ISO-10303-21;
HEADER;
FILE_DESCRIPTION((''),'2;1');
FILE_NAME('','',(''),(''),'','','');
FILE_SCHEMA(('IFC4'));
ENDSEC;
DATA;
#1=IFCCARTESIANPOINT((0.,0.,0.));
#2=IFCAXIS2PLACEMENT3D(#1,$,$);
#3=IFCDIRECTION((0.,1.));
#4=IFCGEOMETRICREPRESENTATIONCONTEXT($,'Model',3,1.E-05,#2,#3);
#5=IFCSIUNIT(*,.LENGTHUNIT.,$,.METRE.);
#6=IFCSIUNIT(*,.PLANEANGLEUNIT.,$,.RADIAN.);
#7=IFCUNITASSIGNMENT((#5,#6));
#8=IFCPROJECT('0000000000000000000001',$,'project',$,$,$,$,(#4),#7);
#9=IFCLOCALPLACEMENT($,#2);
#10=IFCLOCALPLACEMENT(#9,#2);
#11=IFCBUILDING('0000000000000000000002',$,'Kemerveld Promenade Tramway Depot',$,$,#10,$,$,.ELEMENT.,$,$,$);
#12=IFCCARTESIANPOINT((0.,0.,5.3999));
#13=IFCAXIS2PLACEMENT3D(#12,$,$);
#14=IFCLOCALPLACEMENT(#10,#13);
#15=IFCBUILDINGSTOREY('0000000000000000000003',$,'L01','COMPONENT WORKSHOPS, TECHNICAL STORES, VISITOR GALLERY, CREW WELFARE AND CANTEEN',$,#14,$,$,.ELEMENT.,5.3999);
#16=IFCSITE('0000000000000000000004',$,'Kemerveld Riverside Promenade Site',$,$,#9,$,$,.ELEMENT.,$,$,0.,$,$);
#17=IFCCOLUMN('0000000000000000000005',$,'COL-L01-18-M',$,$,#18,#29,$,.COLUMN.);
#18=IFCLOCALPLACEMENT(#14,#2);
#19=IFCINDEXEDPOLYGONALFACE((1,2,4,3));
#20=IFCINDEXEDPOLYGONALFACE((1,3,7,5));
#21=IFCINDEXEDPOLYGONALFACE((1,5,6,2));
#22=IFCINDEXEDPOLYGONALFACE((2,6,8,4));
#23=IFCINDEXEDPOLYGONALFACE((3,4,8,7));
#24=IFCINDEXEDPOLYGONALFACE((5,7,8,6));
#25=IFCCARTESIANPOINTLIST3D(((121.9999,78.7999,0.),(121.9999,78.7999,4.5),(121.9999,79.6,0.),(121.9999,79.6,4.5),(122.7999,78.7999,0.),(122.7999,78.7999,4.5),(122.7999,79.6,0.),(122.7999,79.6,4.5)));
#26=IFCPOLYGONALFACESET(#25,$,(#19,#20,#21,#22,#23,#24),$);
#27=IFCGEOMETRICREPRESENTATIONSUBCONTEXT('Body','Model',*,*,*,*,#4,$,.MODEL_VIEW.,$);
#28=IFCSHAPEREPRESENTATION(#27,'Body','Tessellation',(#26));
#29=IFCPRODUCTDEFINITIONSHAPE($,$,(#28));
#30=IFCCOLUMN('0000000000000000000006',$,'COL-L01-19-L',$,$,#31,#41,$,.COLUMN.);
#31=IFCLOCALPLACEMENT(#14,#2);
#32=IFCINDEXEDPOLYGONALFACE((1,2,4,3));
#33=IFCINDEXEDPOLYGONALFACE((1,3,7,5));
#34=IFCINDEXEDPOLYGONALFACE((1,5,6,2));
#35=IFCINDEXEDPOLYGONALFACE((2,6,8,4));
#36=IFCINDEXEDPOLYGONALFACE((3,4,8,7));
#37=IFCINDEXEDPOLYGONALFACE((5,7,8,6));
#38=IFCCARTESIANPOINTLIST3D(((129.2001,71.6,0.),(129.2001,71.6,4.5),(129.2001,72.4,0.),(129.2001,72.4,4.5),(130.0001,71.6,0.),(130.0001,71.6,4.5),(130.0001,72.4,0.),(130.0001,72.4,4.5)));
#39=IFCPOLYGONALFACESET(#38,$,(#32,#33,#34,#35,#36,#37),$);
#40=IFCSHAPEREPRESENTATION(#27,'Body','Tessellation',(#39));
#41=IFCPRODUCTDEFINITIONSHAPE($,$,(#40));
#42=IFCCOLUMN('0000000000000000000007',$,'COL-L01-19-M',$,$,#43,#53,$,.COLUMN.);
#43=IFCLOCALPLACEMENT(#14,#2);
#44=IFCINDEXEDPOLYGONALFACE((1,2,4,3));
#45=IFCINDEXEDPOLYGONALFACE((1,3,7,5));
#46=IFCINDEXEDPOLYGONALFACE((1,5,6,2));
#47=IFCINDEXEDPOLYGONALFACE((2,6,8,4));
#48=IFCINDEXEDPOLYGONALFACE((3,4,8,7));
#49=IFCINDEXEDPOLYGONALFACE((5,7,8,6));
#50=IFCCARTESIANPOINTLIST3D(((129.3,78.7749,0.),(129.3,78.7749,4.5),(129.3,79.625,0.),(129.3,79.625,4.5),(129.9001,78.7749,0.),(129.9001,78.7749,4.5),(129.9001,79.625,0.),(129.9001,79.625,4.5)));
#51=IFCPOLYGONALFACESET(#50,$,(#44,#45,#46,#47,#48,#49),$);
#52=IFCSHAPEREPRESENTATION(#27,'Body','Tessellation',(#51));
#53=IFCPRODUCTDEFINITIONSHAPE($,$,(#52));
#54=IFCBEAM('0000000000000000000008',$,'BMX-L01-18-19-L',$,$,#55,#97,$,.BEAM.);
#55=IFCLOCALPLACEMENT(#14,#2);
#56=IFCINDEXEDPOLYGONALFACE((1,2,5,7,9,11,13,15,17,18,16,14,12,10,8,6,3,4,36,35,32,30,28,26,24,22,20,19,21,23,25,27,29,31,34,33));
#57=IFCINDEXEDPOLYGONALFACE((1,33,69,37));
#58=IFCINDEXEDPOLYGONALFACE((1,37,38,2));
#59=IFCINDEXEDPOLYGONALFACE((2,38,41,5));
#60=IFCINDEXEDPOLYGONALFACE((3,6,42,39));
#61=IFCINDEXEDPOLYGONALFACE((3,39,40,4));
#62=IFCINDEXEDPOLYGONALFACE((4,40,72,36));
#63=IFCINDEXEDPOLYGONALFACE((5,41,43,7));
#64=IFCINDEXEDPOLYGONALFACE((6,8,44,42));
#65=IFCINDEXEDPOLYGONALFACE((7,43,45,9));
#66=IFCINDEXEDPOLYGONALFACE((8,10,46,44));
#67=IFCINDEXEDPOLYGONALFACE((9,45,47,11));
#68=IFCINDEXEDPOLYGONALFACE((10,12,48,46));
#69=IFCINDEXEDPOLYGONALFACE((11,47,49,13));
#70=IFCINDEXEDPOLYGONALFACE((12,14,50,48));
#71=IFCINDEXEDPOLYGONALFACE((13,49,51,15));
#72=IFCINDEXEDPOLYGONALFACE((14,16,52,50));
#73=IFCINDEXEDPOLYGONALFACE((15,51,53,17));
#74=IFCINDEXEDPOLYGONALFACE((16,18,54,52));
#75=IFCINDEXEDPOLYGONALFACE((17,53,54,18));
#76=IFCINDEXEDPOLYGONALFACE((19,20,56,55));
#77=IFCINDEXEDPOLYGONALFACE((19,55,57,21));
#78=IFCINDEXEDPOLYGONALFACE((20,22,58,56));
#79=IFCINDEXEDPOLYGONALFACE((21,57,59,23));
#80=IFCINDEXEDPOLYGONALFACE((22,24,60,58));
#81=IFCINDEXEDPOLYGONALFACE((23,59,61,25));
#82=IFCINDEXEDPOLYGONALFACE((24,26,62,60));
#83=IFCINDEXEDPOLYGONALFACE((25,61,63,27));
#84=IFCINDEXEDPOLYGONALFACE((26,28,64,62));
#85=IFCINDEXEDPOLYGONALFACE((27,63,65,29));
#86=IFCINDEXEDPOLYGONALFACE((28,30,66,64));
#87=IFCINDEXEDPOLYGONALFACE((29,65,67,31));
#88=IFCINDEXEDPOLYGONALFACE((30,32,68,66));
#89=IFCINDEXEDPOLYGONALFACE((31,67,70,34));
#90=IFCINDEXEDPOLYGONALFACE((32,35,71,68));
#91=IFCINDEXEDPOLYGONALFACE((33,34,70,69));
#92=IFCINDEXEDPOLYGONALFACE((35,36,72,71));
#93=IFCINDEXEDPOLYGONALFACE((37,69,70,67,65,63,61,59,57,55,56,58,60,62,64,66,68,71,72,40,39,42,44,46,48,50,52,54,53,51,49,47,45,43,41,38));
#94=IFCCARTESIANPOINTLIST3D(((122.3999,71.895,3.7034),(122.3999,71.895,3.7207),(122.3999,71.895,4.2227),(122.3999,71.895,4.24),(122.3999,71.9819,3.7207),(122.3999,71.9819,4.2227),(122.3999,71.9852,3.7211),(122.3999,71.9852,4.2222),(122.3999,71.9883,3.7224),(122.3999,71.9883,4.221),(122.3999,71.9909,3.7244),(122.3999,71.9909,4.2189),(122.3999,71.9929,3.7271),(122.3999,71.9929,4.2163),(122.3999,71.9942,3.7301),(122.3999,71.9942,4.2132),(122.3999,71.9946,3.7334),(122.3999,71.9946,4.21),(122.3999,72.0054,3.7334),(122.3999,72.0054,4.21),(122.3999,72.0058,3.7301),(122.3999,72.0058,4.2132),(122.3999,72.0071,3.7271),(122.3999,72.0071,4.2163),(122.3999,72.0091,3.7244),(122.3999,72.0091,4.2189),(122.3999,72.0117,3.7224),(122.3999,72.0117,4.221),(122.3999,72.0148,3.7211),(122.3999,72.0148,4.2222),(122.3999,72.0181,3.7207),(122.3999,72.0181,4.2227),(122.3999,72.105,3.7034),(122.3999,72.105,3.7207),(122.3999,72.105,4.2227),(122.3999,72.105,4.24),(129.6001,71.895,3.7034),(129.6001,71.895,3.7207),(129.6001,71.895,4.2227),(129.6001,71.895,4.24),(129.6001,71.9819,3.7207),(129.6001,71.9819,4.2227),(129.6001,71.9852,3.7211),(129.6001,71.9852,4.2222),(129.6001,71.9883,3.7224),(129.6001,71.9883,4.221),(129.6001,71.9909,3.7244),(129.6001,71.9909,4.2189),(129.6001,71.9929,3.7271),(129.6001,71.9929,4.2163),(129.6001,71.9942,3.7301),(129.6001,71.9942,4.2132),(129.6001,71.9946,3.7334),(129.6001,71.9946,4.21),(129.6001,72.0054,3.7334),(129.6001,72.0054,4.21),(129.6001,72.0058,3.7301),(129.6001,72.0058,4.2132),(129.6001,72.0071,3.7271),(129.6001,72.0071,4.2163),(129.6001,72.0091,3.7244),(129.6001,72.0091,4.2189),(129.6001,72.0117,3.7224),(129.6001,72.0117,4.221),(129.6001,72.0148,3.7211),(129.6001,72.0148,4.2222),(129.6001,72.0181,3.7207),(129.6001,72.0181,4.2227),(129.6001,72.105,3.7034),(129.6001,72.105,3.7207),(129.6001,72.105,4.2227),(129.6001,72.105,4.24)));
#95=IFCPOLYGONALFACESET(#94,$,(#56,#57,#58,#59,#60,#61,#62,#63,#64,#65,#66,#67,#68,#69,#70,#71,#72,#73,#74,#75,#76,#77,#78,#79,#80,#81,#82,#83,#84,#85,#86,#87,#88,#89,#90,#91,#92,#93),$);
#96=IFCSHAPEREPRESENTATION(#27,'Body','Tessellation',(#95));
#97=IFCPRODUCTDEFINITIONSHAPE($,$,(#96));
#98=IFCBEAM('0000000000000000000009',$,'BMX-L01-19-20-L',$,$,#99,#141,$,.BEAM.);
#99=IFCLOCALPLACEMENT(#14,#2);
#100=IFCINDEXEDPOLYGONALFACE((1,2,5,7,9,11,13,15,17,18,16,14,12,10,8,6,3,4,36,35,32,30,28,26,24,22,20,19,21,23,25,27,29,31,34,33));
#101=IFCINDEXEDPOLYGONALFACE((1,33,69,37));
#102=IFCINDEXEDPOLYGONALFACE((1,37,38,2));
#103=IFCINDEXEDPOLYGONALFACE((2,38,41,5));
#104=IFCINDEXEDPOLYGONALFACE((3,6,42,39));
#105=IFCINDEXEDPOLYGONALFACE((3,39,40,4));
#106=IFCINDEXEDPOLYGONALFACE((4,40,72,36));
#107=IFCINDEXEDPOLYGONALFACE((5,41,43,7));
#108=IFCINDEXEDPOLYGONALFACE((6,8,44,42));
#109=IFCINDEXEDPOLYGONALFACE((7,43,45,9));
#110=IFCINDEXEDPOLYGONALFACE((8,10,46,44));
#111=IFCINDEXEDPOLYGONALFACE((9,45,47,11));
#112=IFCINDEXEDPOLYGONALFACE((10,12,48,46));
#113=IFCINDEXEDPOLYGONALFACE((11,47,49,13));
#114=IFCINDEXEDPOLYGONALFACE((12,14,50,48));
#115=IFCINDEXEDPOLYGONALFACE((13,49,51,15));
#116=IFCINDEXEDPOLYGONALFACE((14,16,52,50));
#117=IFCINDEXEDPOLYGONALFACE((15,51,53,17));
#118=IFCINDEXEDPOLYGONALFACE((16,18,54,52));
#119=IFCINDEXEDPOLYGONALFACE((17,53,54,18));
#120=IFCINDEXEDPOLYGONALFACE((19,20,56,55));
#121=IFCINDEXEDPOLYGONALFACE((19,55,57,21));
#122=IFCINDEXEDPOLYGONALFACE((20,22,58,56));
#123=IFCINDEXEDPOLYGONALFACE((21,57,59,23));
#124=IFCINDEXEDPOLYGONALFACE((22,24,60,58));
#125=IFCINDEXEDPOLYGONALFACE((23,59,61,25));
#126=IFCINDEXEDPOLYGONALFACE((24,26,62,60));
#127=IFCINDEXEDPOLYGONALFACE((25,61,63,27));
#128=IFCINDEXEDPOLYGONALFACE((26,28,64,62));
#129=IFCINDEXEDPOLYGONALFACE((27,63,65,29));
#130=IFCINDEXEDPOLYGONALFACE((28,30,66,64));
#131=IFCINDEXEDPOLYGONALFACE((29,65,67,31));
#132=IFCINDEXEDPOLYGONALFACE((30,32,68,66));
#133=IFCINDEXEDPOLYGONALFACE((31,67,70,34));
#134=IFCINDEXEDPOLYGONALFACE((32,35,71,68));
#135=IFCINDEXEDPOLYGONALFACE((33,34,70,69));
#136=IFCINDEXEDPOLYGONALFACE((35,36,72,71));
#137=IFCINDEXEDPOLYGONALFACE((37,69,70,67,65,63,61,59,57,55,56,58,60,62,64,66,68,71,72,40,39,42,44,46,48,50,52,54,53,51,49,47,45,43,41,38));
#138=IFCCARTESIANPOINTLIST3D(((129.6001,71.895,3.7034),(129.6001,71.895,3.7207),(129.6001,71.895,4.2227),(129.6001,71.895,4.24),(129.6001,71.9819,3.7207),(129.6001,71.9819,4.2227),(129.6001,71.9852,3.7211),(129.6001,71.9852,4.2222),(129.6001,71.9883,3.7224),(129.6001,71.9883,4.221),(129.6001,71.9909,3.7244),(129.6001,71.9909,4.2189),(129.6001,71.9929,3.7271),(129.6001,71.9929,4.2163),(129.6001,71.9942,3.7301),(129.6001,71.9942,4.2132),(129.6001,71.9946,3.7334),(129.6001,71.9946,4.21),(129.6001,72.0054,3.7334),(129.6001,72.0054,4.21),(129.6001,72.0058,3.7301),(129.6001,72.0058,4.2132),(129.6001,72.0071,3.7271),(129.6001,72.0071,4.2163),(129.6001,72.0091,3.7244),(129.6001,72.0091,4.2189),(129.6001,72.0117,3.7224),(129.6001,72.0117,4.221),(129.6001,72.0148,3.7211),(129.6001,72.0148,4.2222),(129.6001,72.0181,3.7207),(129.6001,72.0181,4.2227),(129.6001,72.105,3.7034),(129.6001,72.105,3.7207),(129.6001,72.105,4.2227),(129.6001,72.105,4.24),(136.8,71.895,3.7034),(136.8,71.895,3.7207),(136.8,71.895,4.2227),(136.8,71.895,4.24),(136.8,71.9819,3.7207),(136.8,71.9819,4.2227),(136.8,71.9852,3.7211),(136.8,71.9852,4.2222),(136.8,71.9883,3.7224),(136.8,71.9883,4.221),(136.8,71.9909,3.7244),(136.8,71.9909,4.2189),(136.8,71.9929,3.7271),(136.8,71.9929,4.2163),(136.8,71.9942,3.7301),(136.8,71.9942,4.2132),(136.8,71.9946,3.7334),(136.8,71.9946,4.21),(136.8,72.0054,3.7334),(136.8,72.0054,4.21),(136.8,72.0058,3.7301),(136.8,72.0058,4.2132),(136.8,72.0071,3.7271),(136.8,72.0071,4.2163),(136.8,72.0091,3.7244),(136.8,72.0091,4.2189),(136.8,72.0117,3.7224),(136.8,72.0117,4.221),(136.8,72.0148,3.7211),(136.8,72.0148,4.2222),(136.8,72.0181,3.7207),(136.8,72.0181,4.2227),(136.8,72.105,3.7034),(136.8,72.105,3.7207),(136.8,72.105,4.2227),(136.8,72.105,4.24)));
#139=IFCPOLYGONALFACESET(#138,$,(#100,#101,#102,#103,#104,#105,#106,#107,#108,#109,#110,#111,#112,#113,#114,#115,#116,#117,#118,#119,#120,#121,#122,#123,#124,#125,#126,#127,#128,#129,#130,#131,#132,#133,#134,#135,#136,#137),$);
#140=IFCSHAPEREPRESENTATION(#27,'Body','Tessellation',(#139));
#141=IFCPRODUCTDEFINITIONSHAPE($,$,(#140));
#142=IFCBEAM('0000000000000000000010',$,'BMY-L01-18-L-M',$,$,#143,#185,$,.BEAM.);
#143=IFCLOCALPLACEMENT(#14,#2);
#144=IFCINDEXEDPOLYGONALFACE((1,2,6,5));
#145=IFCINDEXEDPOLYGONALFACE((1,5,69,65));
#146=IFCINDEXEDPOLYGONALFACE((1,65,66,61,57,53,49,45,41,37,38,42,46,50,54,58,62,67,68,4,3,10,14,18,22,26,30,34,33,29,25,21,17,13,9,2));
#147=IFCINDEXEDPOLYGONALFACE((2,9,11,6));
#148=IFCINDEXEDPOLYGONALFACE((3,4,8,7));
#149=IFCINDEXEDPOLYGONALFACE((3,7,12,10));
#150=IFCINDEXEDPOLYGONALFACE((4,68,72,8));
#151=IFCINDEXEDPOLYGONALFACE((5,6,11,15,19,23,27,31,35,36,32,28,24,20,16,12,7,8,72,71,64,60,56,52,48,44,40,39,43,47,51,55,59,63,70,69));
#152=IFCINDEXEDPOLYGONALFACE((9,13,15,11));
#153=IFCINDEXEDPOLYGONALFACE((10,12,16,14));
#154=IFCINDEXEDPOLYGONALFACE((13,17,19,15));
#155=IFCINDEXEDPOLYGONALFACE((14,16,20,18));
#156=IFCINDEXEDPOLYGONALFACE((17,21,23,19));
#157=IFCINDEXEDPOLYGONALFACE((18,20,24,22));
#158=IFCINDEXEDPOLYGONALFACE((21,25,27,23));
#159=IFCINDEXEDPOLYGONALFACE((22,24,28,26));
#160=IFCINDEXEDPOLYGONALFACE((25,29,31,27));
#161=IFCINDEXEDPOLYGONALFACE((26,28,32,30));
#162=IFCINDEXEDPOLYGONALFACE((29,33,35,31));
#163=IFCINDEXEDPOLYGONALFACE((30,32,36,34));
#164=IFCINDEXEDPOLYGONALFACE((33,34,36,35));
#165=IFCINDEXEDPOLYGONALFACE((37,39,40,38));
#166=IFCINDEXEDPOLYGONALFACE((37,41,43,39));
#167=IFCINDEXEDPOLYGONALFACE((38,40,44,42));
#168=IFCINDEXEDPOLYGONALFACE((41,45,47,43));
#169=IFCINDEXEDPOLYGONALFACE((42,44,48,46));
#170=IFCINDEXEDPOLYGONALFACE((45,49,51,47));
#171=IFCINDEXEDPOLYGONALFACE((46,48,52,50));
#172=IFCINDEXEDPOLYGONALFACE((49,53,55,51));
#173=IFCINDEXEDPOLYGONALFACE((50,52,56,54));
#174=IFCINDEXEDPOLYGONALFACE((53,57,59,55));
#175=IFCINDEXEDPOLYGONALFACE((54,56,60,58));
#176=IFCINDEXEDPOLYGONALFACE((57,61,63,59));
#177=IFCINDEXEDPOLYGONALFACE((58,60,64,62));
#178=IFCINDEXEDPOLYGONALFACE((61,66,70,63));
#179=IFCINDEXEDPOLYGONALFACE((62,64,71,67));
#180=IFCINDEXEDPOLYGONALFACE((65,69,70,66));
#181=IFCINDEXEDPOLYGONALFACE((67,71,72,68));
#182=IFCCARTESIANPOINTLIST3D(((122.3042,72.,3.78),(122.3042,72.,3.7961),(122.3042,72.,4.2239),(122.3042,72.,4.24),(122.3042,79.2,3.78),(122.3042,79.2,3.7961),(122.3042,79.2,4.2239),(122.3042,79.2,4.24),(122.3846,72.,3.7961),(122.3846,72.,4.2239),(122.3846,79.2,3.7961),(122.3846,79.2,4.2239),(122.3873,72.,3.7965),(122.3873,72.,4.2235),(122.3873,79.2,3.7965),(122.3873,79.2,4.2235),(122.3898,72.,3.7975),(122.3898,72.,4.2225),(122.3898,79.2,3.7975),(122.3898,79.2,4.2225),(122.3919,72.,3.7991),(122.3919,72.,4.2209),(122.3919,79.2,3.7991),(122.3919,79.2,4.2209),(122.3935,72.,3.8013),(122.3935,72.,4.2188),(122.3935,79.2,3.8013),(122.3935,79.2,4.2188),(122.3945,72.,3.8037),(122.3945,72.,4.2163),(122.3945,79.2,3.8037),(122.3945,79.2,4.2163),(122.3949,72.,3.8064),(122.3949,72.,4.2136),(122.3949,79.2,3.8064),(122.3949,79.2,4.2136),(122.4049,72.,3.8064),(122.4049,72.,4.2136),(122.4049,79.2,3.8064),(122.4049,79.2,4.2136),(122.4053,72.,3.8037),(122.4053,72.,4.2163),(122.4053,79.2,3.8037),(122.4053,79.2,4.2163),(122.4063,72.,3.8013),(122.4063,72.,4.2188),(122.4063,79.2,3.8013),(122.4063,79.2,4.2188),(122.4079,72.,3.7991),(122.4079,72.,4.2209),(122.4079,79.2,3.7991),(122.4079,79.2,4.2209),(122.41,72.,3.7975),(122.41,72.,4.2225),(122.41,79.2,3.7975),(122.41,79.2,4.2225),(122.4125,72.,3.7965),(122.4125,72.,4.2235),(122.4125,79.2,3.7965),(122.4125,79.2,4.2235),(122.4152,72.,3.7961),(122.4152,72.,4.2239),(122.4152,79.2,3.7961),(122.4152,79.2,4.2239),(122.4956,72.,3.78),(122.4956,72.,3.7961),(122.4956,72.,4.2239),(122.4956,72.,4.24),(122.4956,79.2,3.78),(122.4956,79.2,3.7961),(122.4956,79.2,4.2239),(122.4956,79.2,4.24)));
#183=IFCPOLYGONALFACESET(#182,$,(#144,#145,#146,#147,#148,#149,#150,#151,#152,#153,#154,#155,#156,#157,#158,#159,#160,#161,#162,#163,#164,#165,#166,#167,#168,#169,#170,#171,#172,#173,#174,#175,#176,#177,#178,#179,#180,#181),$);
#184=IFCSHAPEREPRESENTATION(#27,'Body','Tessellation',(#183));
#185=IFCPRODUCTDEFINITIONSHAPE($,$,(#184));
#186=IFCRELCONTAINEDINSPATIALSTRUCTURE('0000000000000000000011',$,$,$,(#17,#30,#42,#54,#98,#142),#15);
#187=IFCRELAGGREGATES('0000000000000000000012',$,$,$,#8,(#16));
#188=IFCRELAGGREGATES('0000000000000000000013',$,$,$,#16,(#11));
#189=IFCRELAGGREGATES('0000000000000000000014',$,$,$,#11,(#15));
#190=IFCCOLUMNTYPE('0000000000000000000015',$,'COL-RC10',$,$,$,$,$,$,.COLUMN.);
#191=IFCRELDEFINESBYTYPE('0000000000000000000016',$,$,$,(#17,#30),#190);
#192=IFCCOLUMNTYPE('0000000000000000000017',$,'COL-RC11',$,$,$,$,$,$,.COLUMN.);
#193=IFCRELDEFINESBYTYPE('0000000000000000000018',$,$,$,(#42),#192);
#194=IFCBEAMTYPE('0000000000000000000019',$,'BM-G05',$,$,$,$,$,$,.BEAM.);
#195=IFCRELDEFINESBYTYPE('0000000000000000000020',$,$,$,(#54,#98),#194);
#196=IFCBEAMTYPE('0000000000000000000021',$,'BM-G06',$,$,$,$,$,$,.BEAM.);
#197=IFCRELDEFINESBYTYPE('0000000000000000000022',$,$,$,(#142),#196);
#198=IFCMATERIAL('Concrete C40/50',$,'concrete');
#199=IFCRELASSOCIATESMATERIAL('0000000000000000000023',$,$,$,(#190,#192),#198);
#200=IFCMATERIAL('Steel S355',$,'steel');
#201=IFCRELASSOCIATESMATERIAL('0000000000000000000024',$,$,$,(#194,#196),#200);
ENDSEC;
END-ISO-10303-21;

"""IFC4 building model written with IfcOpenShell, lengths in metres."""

from ifc_helpers import new_model, si_unit, direction, frame, origin, origin_2d, place, context, subcontext, project, spatial, rectangle, i_section, extrude, material, material_profile, profile_set, type_object, element, save


model = new_model("IFC4")

# Units and contexts
model_context = context("Model", 3, precision=1e-05, world=origin(), true_north=direction((0.0, 1.0)))
body_context = subcontext(model_context, "Body", "Model", "MODEL_VIEW")
ifc_project = project(units=[si_unit("LENGTHUNIT", "METRE"), si_unit("PLANEANGLEUNIT", "RADIAN")], contexts=[model_context])

# Site, building, storey
site_placement = place(None, origin())
site = spatial("IfcSite", under=ifc_project, at=site_placement, Name="Kemerveld Riverside Promenade Site", CompositionType="ELEMENT", RefElevation=0.0)
building_placement = place(site_placement, origin())
building = spatial("IfcBuilding", under=site, at=building_placement, Name="Kemerveld Promenade Tramway Depot", CompositionType="ELEMENT")
storey_placement = place(building_placement, frame((0.0, 0.0, 5.3999)))
storey = spatial("IfcBuildingStorey", under=building, at=storey_placement, Name="L01", Description="COMPONENT WORKSHOPS, TECHNICAL STORES, VISITOR GALLERY, CREW WELFARE AND CANTEEN", CompositionType="ELEMENT", Elevation=5.3999)

# Columns
ifc_material_1 = material(Name="Concrete C40/50", Category="concrete")
ifc_material_profile_1 = material_profile(ifc_material_1, rectangle(XDim=0.8, YDim=0.8, at=origin_2d()), Name="RC-COL-800x800")
ifc_profile_set_1 = profile_set([ifc_material_profile_1], Name="Concrete C40/50")
column_type_1 = type_object("IfcColumnType", Name="COL-RC10", PredefinedType="COLUMN", material=ifc_profile_set_1)
for number, where, z_axis, x_axis, name in (
    (1, (122.3999, 79.2, 0.0), (0.0, 0.0, 1.0), (1.0, 0.0, 0.0), "COL-L01-18-M"),
    (2, (129.6001, 72.0, 0.0), (0.0, 0.0, 1.0), (1.0, 0.0, 0.0), "COL-L01-19-L"),
):
    element("IfcColumn", number, at=place(storey_placement, frame(where, z_axis=z_axis, x_axis=x_axis)), inside=storey, type_object=column_type_1, Name=name, PredefinedType="COLUMN", context=body_context, shape_type="SweptSolid", body=[
        extrude(rectangle(XDim=0.8, YDim=0.8, at=origin_2d()), origin(), (0.0, 0.0, 1.0), 4.5),
    ])
ifc_material_profile_2 = material_profile(ifc_material_1, rectangle(XDim=0.6001, YDim=0.8501, at=origin_2d()), Name="RC-PIER-850x600")
ifc_profile_set_2 = profile_set([ifc_material_profile_2], Name="Concrete C40/50")
column_type_2 = type_object("IfcColumnType", Name="COL-RC11", PredefinedType="COLUMN", material=ifc_profile_set_2)
column_placement = place(storey_placement, frame((129.6001, 79.2, 0.0), z_axis=(0.0, 0.0, 1.0), x_axis=(1.0, 0.0, 0.0)))
element("IfcColumn", 3, at=column_placement, inside=storey, type_object=column_type_2, Name="COL-L01-19-M", PredefinedType="COLUMN", context=body_context, shape_type="SweptSolid", body=[
    extrude(rectangle(XDim=0.6001, YDim=0.8501, at=origin_2d()), origin(), (0.0, 0.0, 1.0), 4.5),
])

# Beams
ifc_material_2 = material(Name="Steel S355", Category="steel")
ifc_material_profile_3 = material_profile(ifc_material_2, i_section(OverallWidth=0.21, OverallDepth=0.5366, WebThickness=0.0107, FlangeThickness=0.0173, FilletRadius=0.0127, at=origin_2d()), Name="533x210x101 UB")
ifc_profile_set_3 = profile_set([ifc_material_profile_3], Name="Steel S355")
beam_type_1 = type_object("IfcBeamType", Name="BM-G05", PredefinedType="BEAM", material=ifc_profile_set_3)
beam_1_placement = place(storey_placement, frame((122.3999, 72.0, 3.9717), z_axis=(1.0, 0.0, 0.0), x_axis=(0.0, 1.0, 0.0)))
element("IfcBeam", 4, at=beam_1_placement, inside=storey, type_object=beam_type_1, Name="BMX-L01-18-19-L", PredefinedType="BEAM", context=body_context, shape_type="SweptSolid", body=[
    extrude(i_section(OverallWidth=0.21, OverallDepth=0.5366, WebThickness=0.0107, FlangeThickness=0.0173, FilletRadius=0.0127, at=origin_2d()), origin(), (0.0, 0.0, 1.0), 7.2002),
])
beam_2_placement = place(storey_placement, frame((129.6001, 72.0, 3.9717), z_axis=(1.0, 0.0, 0.0), x_axis=(0.0, 1.0, 0.0)))
element("IfcBeam", 5, at=beam_2_placement, inside=storey, type_object=beam_type_1, Name="BMX-L01-19-20-L", PredefinedType="BEAM", context=body_context, shape_type="SweptSolid", body=[
    extrude(i_section(OverallWidth=0.21, OverallDepth=0.5366, WebThickness=0.0107, FlangeThickness=0.0173, FilletRadius=0.0127, at=origin_2d()), origin(), (0.0, 0.0, 1.0), 7.2),
])
ifc_material_profile_4 = material_profile(ifc_material_2, i_section(OverallWidth=0.1914, OverallDepth=0.46, WebThickness=0.01, FlangeThickness=0.0161, FilletRadius=0.0103, at=origin_2d()), Name="457x191x82 UB")
ifc_profile_set_4 = profile_set([ifc_material_profile_4], Name="Steel S355")
beam_type_2 = type_object("IfcBeamType", Name="BM-G06", PredefinedType="BEAM", material=ifc_profile_set_4)
for number, where, z_axis, x_axis, name in (
    (6, (122.3999, 72.0, 4.01), (0.0, 1.0, 0.0), (-1.0, 0.0, 0.0), "BMY-L01-18-L-M"),
):
    element("IfcBeam", number, at=place(storey_placement, frame(where, z_axis=z_axis, x_axis=x_axis)), inside=storey, type_object=beam_type_2, Name=name, PredefinedType="BEAM", context=body_context, shape_type="SweptSolid", body=[
        extrude(i_section(OverallWidth=0.1914, OverallDepth=0.46, WebThickness=0.01, FlangeThickness=0.0161, FilletRadius=0.0103, at=origin_2d()), origin(), (0.0, 0.0, 1.0), 7.2),
    ])

save(model, "model.ifc")
